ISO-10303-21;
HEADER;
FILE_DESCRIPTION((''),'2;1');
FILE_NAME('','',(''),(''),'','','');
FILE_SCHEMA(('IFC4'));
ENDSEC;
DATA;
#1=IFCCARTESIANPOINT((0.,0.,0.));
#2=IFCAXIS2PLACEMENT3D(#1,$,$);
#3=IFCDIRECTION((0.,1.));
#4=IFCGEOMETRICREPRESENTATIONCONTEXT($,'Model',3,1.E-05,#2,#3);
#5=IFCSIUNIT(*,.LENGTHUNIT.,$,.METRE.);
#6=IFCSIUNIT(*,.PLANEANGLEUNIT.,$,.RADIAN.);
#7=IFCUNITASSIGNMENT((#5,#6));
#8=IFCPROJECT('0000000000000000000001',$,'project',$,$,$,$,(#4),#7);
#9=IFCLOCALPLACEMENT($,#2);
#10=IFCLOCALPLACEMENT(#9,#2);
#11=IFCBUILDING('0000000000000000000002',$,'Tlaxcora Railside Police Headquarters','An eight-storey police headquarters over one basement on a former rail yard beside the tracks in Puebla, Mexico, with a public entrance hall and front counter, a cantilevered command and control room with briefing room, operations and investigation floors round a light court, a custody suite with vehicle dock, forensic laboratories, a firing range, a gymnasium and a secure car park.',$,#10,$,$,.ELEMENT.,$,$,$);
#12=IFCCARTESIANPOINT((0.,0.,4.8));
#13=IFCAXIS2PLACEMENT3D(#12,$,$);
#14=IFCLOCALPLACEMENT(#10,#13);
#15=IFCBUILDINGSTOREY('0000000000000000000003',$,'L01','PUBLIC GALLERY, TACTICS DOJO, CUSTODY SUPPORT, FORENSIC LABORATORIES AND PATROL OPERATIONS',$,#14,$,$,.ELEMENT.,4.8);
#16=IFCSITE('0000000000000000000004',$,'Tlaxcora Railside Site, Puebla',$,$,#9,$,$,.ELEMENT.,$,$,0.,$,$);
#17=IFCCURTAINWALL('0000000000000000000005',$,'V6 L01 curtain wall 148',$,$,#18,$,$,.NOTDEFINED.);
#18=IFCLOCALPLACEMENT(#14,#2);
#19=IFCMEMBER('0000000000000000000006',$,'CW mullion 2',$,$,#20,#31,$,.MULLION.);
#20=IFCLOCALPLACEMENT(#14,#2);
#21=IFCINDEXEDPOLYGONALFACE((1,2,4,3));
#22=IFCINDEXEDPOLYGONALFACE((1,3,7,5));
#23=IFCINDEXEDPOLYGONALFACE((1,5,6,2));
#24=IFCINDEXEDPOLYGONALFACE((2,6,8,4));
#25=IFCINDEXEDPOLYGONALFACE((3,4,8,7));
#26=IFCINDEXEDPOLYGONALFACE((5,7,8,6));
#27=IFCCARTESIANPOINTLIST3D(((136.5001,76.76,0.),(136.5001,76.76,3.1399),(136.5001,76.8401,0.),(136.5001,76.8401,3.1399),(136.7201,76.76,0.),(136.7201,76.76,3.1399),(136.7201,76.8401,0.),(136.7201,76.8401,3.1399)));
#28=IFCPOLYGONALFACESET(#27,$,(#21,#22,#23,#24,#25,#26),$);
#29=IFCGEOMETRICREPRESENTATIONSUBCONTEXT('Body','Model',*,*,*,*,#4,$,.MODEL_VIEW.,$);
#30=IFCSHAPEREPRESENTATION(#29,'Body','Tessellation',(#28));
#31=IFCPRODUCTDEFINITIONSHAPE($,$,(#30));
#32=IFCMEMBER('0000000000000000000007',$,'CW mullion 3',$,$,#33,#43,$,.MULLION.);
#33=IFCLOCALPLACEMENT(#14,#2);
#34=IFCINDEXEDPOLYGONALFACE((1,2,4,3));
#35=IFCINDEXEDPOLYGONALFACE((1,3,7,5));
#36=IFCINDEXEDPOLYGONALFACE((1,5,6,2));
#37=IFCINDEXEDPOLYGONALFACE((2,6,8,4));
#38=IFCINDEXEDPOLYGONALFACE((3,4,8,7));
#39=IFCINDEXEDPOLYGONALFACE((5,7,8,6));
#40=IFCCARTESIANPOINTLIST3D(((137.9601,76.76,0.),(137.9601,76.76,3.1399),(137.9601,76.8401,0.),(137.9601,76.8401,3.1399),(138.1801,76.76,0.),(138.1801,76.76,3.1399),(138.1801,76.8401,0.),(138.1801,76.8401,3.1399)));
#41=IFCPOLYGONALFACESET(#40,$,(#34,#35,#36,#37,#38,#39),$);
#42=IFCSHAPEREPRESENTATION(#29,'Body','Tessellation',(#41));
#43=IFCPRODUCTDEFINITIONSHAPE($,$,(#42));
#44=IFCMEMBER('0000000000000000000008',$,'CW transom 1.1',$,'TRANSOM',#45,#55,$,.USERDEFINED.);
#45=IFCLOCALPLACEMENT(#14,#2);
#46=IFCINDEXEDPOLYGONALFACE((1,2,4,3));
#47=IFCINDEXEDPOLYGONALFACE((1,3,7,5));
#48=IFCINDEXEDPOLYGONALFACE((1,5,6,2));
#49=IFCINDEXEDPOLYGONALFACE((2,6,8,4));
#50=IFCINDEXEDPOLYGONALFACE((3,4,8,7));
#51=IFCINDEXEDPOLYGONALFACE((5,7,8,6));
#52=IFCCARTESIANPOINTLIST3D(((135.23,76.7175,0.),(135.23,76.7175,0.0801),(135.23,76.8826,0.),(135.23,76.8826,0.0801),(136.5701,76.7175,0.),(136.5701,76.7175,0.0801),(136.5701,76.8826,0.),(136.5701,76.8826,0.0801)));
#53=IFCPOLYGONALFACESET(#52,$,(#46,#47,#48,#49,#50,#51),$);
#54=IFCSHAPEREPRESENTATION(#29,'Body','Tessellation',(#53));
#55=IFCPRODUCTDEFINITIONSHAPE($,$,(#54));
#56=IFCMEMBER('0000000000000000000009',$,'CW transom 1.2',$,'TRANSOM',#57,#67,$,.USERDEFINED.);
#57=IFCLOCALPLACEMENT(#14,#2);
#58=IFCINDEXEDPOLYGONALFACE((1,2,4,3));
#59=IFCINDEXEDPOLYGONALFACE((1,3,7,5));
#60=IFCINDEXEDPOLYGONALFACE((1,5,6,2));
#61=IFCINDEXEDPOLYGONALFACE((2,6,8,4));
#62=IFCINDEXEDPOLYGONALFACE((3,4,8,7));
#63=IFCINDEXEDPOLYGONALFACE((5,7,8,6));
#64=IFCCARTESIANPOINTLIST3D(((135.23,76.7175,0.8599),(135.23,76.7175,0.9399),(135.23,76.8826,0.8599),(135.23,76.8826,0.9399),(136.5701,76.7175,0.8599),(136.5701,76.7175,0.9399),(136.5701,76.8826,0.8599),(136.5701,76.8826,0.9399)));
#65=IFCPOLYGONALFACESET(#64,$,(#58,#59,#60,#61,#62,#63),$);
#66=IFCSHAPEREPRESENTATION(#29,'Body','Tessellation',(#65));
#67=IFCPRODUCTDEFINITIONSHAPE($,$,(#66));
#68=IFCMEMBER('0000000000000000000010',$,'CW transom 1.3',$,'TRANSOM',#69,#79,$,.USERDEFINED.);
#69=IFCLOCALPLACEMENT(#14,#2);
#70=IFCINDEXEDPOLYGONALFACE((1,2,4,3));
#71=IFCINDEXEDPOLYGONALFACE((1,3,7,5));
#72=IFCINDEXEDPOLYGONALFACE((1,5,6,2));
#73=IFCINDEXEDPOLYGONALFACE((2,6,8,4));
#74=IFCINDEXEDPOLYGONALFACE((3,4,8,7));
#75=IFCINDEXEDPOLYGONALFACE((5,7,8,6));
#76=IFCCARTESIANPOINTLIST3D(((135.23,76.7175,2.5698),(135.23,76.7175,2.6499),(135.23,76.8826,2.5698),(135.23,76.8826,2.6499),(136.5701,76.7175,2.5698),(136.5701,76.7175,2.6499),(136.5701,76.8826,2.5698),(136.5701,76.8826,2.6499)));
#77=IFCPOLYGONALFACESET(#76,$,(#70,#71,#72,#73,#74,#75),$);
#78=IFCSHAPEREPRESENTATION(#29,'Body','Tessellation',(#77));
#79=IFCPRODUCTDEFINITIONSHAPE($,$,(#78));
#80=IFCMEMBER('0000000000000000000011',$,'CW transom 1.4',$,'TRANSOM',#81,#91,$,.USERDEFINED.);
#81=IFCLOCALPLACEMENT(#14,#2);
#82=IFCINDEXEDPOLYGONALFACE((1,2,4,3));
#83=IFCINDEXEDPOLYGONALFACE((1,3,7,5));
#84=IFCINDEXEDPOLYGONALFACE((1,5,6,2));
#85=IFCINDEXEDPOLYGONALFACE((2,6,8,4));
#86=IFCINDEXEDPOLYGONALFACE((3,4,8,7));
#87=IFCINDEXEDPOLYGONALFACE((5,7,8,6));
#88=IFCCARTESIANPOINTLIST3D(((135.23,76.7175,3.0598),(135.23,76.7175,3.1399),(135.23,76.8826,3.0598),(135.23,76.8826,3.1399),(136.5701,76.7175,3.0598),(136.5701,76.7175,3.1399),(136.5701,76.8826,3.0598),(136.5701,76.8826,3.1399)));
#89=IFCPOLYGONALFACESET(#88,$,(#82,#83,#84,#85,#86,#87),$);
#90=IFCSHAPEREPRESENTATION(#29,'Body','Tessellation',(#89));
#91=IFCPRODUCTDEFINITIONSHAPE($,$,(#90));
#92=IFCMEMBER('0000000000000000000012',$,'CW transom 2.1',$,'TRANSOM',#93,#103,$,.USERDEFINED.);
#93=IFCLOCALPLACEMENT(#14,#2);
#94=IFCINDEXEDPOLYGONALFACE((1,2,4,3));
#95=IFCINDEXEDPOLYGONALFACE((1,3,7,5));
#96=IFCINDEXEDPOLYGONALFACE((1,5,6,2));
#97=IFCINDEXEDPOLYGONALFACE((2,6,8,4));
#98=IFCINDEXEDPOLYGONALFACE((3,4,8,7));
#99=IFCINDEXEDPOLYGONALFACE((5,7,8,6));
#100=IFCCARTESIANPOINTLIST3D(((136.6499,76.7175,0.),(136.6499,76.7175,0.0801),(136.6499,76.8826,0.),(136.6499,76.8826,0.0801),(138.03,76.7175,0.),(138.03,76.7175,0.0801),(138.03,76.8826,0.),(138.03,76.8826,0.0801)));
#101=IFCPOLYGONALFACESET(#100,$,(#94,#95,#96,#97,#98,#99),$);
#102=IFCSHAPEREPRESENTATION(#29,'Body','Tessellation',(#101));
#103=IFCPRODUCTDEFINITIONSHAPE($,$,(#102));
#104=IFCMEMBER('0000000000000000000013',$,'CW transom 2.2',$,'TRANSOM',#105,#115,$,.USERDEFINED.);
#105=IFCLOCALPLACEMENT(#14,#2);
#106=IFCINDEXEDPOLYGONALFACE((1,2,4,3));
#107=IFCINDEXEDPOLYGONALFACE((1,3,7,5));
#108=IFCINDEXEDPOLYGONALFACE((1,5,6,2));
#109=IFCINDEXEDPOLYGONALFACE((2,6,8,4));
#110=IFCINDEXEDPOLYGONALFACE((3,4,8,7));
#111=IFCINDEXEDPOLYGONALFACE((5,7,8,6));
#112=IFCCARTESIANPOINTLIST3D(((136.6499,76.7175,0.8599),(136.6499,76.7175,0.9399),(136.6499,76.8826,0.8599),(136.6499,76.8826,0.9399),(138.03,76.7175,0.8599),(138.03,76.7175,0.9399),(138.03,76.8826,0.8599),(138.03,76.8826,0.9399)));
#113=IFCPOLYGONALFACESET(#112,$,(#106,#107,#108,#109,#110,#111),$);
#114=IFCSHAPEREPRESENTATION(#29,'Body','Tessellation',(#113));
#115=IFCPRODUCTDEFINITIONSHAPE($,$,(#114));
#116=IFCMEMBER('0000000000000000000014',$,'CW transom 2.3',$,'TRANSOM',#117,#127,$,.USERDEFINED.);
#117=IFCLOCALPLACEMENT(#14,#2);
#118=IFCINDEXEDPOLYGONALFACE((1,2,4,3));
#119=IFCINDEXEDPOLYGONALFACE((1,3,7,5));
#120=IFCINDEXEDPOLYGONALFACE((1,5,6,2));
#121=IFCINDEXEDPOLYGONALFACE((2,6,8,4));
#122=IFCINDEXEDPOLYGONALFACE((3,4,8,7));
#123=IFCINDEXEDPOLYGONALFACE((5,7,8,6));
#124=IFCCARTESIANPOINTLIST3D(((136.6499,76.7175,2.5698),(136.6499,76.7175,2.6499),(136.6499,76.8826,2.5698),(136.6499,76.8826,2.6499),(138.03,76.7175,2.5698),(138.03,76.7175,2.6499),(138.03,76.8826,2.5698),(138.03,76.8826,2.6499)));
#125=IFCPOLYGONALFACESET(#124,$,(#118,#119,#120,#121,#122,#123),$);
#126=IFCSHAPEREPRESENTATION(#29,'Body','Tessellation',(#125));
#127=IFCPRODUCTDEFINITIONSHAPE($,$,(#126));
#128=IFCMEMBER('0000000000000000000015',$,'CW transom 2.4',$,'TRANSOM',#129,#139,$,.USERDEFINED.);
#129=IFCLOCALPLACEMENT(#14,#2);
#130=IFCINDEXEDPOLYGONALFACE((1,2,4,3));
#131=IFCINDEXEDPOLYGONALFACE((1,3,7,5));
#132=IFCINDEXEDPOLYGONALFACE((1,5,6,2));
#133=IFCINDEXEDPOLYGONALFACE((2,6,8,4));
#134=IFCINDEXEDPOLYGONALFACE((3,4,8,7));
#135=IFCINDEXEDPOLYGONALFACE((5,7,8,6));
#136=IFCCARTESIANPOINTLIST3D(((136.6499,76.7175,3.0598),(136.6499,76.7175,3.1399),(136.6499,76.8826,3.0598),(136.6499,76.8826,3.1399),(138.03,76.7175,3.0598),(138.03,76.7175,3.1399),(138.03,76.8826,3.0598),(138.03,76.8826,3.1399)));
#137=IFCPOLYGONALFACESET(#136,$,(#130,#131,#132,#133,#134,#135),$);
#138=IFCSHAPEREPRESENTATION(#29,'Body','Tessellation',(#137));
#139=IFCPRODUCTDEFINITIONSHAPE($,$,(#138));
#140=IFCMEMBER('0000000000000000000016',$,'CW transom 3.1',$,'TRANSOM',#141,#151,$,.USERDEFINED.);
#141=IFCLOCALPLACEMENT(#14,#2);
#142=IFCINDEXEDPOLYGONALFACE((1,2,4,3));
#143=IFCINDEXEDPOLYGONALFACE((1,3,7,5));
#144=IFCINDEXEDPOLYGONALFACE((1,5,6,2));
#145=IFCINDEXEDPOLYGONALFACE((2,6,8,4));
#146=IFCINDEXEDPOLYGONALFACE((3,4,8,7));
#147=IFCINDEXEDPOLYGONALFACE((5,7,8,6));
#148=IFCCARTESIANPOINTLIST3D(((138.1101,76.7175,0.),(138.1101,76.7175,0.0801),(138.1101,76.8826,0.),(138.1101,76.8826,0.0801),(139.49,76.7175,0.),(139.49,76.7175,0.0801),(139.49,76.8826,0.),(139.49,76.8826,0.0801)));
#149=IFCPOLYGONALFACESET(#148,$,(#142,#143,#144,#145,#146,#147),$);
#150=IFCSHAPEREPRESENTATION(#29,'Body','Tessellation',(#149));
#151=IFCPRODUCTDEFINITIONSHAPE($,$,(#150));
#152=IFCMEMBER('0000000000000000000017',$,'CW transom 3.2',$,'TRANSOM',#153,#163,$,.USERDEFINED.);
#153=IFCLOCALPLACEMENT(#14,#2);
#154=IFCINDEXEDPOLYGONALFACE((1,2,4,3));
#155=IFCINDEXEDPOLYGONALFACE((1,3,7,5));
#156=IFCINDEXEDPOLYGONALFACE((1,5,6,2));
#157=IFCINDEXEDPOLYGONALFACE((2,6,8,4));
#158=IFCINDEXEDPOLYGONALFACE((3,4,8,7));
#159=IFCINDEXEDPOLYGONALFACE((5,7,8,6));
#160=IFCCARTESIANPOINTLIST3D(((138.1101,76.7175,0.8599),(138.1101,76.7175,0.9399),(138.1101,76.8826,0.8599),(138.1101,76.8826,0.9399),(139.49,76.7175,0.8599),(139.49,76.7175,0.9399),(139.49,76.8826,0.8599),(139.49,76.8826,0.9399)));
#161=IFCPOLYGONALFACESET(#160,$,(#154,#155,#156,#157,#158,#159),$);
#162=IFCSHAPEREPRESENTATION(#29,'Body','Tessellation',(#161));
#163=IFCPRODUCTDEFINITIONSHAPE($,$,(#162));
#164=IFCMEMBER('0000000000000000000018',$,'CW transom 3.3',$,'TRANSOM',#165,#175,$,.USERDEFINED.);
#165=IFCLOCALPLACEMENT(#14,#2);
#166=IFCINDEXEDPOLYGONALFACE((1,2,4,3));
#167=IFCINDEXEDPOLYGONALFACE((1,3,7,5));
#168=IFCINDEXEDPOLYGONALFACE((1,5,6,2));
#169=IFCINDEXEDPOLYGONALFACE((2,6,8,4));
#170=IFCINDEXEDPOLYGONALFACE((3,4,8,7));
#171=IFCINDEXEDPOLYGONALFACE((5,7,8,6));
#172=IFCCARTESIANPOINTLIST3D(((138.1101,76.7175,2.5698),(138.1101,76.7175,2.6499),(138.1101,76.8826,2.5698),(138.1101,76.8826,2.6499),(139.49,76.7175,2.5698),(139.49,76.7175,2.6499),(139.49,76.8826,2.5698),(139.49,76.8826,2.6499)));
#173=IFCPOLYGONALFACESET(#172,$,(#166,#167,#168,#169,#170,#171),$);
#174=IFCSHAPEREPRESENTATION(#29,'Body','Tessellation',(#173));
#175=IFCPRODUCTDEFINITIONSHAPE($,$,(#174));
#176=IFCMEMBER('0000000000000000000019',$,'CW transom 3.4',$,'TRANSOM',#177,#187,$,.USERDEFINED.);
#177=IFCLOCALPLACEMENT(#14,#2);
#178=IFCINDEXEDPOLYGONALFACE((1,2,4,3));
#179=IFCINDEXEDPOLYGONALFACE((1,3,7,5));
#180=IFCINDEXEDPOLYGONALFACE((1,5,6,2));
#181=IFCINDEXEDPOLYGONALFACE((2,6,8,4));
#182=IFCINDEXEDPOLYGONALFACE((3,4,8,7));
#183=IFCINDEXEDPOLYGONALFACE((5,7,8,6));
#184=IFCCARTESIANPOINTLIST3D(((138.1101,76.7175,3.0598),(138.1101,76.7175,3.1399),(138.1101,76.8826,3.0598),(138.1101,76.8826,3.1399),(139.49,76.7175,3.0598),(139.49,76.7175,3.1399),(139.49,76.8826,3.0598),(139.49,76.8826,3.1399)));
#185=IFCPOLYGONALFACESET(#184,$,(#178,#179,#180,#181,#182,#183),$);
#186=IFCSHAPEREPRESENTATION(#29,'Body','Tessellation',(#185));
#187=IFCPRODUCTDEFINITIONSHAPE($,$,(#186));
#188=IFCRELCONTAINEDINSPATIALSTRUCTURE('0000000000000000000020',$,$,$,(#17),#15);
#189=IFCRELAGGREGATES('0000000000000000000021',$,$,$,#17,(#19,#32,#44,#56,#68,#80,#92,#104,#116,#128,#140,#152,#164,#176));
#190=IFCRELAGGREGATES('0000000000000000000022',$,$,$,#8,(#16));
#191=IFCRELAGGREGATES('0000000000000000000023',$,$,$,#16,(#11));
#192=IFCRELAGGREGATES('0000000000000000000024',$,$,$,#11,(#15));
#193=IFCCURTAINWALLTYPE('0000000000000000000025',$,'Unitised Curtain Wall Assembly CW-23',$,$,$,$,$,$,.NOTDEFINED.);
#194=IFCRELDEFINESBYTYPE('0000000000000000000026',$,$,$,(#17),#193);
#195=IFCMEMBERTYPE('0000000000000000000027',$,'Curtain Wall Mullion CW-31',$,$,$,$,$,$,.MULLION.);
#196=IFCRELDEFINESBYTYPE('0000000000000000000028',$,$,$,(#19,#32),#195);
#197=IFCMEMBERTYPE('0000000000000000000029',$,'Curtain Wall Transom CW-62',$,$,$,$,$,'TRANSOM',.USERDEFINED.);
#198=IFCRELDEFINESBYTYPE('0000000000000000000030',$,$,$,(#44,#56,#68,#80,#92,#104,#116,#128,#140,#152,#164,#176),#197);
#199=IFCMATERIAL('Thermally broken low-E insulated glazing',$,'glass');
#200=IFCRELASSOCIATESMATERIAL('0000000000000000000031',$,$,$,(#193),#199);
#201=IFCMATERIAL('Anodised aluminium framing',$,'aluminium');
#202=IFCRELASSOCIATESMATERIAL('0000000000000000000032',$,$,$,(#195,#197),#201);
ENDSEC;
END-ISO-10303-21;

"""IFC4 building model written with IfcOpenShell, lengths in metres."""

from ifc_helpers import new_model, si_unit, direction, frame, origin, origin_2d, place, context, subcontext, project, spatial, rectangle, extrude, material, material_profile, profile_set, type_object, element, aggregate, save


model = new_model("IFC4")

# Units and contexts
model_context = context("Model", 3, precision=1e-05, world=origin(), true_north=direction((0.0, 1.0)))
body_context = subcontext(model_context, "Body", "Model", "MODEL_VIEW")
ifc_project = project(units=[si_unit("LENGTHUNIT", "METRE"), si_unit("PLANEANGLEUNIT", "RADIAN")], contexts=[model_context])

# Site, building, storey
site_placement = place(None, origin())
site = spatial("IfcSite", under=ifc_project, at=site_placement, Name="Tlaxcora Railside Site, Puebla", CompositionType="ELEMENT", RefElevation=0.0)
building_placement = place(site_placement, origin())
building = spatial("IfcBuilding", under=site, at=building_placement, Name="Tlaxcora Railside Police Headquarters", Description="An eight-storey police headquarters over one basement on a former rail yard beside the tracks in Puebla, Mexico, with a public entrance hall and front counter, a cantilevered command and control room with briefing room, operations and investigation floors round a light court, a custody suite with vehicle dock, forensic laboratories, a firing range, a gymnasium and a secure car park.", CompositionType="ELEMENT")
storey_placement = place(building_placement, frame((0.0, 0.0, 4.8)))
storey = spatial("IfcBuildingStorey", under=building, at=storey_placement, Name="L01", Description="PUBLIC GALLERY, TACTICS DOJO, CUSTODY SUPPORT, FORENSIC LABORATORIES AND PATROL OPERATIONS", CompositionType="ELEMENT", Elevation=4.8)

# Curtain wall, members
ifc_material_1 = material(Name="Thermally broken low-E insulated glazing", Category="glass")
curtain_wall_type = type_object("IfcCurtainWallType", Name="Unitised Curtain Wall Assembly CW-23", PredefinedType="NOTDEFINED", material=ifc_material_1)
curtain_wall_placement = place(storey_placement, origin())
curtain_wall = element("IfcCurtainWall", 1, at=curtain_wall_placement, inside=storey, type_object=curtain_wall_type, Name="V6 L01 curtain wall 148", PredefinedType="NOTDEFINED")
ifc_material_2 = material(Name="Anodised aluminium framing", Category="aluminium")
ifc_material_profile_1 = material_profile(ifc_material_2, rectangle(XDim=0.0801, YDim=0.22, at=origin_2d()), Name="AL80X220")
ifc_profile_set_1 = profile_set([ifc_material_profile_1], Name="Anodised aluminium framing")
member_type_1 = type_object("IfcMemberType", Name="Curtain Wall Mullion CW-31", PredefinedType="MULLION", material=ifc_profile_set_1)
member_1_placement = place(storey_placement, frame((136.6101, 76.8, 0.0), z_axis=(0.0, 0.0, 1.0), x_axis=(0.0, 1.0, 0.0)))
member_1 = element("IfcMember", 2, at=member_1_placement, type_object=member_type_1, Name="CW mullion 2", PredefinedType="MULLION", context=body_context, shape_type="SweptSolid", body=[
    extrude(rectangle(XDim=0.0801, YDim=0.22, at=origin_2d()), origin(), (0.0, 0.0, 1.0), 3.1399),
])
member_2_placement = place(storey_placement, frame((138.0701, 76.8, 0.0), z_axis=(0.0, 0.0, 1.0), x_axis=(0.0, 1.0, 0.0)))
member_2 = element("IfcMember", 3, at=member_2_placement, type_object=member_type_1, Name="CW mullion 3", PredefinedType="MULLION", context=body_context, shape_type="SweptSolid", body=[
    extrude(rectangle(XDim=0.0801, YDim=0.22, at=origin_2d()), origin(), (0.0, 0.0, 1.0), 3.1399),
])
ifc_material_profile_2 = material_profile(ifc_material_2, rectangle(XDim=0.165, YDim=0.0801, at=origin_2d()), Name="AL80X165")
ifc_profile_set_2 = profile_set([ifc_material_profile_2], Name="Anodised aluminium framing")
member_type_2 = type_object("IfcMemberType", Name="Curtain Wall Transom CW-62", ElementType="TRANSOM", PredefinedType="USERDEFINED", material=ifc_profile_set_2)
member_3_placement = place(storey_placement, frame((135.23, 76.8, 0.04), z_axis=(1.0, 0.0, 0.0), x_axis=(0.0, 1.0, 0.0)))
member_3 = element("IfcMember", 4, at=member_3_placement, type_object=member_type_2, Name="CW transom 1.1", ObjectType="TRANSOM", PredefinedType="USERDEFINED", context=body_context, shape_type="SweptSolid", body=[
    extrude(rectangle(XDim=0.165, YDim=0.0801, at=origin_2d()), origin(), (0.0, 0.0, 1.0), 1.3401),
])
member_4_placement = place(storey_placement, frame((135.23, 76.8, 0.8999), z_axis=(1.0, 0.0, 0.0), x_axis=(0.0, 1.0, 0.0)))
member_4 = element("IfcMember", 5, at=member_4_placement, type_object=member_type_2, Name="CW transom 1.2", ObjectType="TRANSOM", PredefinedType="USERDEFINED", context=body_context, shape_type="SweptSolid", body=[
    extrude(rectangle(XDim=0.165, YDim=0.0801, at=origin_2d()), origin(), (0.0, 0.0, 1.0), 1.3401),
])
member_5_placement = place(storey_placement, frame((135.23, 76.8, 2.6099), z_axis=(1.0, 0.0, 0.0), x_axis=(0.0, 1.0, 0.0)))
member_5 = element("IfcMember", 6, at=member_5_placement, type_object=member_type_2, Name="CW transom 1.3", ObjectType="TRANSOM", PredefinedType="USERDEFINED", context=body_context, shape_type="SweptSolid", body=[
    extrude(rectangle(XDim=0.165, YDim=0.0801, at=origin_2d()), origin(), (0.0, 0.0, 1.0), 1.3401),
])
member_6_placement = place(storey_placement, frame((135.23, 76.8, 3.0999), z_axis=(1.0, 0.0, 0.0), x_axis=(0.0, 1.0, 0.0)))
member_6 = element("IfcMember", 7, at=member_6_placement, type_object=member_type_2, Name="CW transom 1.4", ObjectType="TRANSOM", PredefinedType="USERDEFINED", context=body_context, shape_type="SweptSolid", body=[
    extrude(rectangle(XDim=0.165, YDim=0.0801, at=origin_2d()), origin(), (0.0, 0.0, 1.0), 1.3401),
])
member_7_placement = place(storey_placement, frame((136.6499, 76.8, 0.04), z_axis=(1.0, 0.0, 0.0), x_axis=(0.0, 1.0, 0.0)))
member_7 = element("IfcMember", 8, at=member_7_placement, type_object=member_type_2, Name="CW transom 2.1", ObjectType="TRANSOM", PredefinedType="USERDEFINED", context=body_context, shape_type="SweptSolid", body=[
    extrude(rectangle(XDim=0.165, YDim=0.0801, at=origin_2d()), origin(), (0.0, 0.0, 1.0), 1.3801),
])
member_8_placement = place(storey_placement, frame((136.6499, 76.8, 0.8999), z_axis=(1.0, 0.0, 0.0), x_axis=(0.0, 1.0, 0.0)))
member_8 = element("IfcMember", 9, at=member_8_placement, type_object=member_type_2, Name="CW transom 2.2", ObjectType="TRANSOM", PredefinedType="USERDEFINED", context=body_context, shape_type="SweptSolid", body=[
    extrude(rectangle(XDim=0.165, YDim=0.0801, at=origin_2d()), origin(), (0.0, 0.0, 1.0), 1.3801),
])
member_9_placement = place(storey_placement, frame((136.6499, 76.8, 2.6099), z_axis=(1.0, 0.0, 0.0), x_axis=(0.0, 1.0, 0.0)))
member_9 = element("IfcMember", 10, at=member_9_placement, type_object=member_type_2, Name="CW transom 2.3", ObjectType="TRANSOM", PredefinedType="USERDEFINED", context=body_context, shape_type="SweptSolid", body=[
    extrude(rectangle(XDim=0.165, YDim=0.0801, at=origin_2d()), origin(), (0.0, 0.0, 1.0), 1.3801),
])
member_10_placement = place(storey_placement, frame((136.6499, 76.8, 3.0999), z_axis=(1.0, 0.0, 0.0), x_axis=(0.0, 1.0, 0.0)))
member_10 = element("IfcMember", 11, at=member_10_placement, type_object=member_type_2, Name="CW transom 2.4", ObjectType="TRANSOM", PredefinedType="USERDEFINED", context=body_context, shape_type="SweptSolid", body=[
    extrude(rectangle(XDim=0.165, YDim=0.0801, at=origin_2d()), origin(), (0.0, 0.0, 1.0), 1.3801),
])
member_11_placement = place(storey_placement, frame((138.1101, 76.8, 0.04), z_axis=(1.0, 0.0, 0.0), x_axis=(0.0, 1.0, 0.0)))
member_11 = element("IfcMember", 12, at=member_11_placement, type_object=member_type_2, Name="CW transom 3.1", ObjectType="TRANSOM", PredefinedType="USERDEFINED", context=body_context, shape_type="SweptSolid", body=[
    extrude(rectangle(XDim=0.165, YDim=0.0801, at=origin_2d()), origin(), (0.0, 0.0, 1.0), 1.3799),
])
member_12_placement = place(storey_placement, frame((138.1101, 76.8, 0.8999), z_axis=(1.0, 0.0, 0.0), x_axis=(0.0, 1.0, 0.0)))
member_12 = element("IfcMember", 13, at=member_12_placement, type_object=member_type_2, Name="CW transom 3.2", ObjectType="TRANSOM", PredefinedType="USERDEFINED", context=body_context, shape_type="SweptSolid", body=[
    extrude(rectangle(XDim=0.165, YDim=0.0801, at=origin_2d()), origin(), (0.0, 0.0, 1.0), 1.3799),
])
member_13_placement = place(storey_placement, frame((138.1101, 76.8, 2.6099), z_axis=(1.0, 0.0, 0.0), x_axis=(0.0, 1.0, 0.0)))
member_13 = element("IfcMember", 14, at=member_13_placement, type_object=member_type_2, Name="CW transom 3.3", ObjectType="TRANSOM", PredefinedType="USERDEFINED", context=body_context, shape_type="SweptSolid", body=[
    extrude(rectangle(XDim=0.165, YDim=0.0801, at=origin_2d()), origin(), (0.0, 0.0, 1.0), 1.3799),
])
member_14_placement = place(storey_placement, frame((138.1101, 76.8, 3.0999), z_axis=(1.0, 0.0, 0.0), x_axis=(0.0, 1.0, 0.0)))
member_14 = element("IfcMember", 15, at=member_14_placement, type_object=member_type_2, Name="CW transom 3.4", ObjectType="TRANSOM", PredefinedType="USERDEFINED", context=body_context, shape_type="SweptSolid", body=[
    extrude(rectangle(XDim=0.165, YDim=0.0801, at=origin_2d()), origin(), (0.0, 0.0, 1.0), 1.3799),
])
aggregate(curtain_wall, [member_1, member_2, member_3, member_4, member_5, member_6, member_7, member_8, member_9, member_10, member_11, member_12, member_13, member_14])

save(model, "model.ifc")
